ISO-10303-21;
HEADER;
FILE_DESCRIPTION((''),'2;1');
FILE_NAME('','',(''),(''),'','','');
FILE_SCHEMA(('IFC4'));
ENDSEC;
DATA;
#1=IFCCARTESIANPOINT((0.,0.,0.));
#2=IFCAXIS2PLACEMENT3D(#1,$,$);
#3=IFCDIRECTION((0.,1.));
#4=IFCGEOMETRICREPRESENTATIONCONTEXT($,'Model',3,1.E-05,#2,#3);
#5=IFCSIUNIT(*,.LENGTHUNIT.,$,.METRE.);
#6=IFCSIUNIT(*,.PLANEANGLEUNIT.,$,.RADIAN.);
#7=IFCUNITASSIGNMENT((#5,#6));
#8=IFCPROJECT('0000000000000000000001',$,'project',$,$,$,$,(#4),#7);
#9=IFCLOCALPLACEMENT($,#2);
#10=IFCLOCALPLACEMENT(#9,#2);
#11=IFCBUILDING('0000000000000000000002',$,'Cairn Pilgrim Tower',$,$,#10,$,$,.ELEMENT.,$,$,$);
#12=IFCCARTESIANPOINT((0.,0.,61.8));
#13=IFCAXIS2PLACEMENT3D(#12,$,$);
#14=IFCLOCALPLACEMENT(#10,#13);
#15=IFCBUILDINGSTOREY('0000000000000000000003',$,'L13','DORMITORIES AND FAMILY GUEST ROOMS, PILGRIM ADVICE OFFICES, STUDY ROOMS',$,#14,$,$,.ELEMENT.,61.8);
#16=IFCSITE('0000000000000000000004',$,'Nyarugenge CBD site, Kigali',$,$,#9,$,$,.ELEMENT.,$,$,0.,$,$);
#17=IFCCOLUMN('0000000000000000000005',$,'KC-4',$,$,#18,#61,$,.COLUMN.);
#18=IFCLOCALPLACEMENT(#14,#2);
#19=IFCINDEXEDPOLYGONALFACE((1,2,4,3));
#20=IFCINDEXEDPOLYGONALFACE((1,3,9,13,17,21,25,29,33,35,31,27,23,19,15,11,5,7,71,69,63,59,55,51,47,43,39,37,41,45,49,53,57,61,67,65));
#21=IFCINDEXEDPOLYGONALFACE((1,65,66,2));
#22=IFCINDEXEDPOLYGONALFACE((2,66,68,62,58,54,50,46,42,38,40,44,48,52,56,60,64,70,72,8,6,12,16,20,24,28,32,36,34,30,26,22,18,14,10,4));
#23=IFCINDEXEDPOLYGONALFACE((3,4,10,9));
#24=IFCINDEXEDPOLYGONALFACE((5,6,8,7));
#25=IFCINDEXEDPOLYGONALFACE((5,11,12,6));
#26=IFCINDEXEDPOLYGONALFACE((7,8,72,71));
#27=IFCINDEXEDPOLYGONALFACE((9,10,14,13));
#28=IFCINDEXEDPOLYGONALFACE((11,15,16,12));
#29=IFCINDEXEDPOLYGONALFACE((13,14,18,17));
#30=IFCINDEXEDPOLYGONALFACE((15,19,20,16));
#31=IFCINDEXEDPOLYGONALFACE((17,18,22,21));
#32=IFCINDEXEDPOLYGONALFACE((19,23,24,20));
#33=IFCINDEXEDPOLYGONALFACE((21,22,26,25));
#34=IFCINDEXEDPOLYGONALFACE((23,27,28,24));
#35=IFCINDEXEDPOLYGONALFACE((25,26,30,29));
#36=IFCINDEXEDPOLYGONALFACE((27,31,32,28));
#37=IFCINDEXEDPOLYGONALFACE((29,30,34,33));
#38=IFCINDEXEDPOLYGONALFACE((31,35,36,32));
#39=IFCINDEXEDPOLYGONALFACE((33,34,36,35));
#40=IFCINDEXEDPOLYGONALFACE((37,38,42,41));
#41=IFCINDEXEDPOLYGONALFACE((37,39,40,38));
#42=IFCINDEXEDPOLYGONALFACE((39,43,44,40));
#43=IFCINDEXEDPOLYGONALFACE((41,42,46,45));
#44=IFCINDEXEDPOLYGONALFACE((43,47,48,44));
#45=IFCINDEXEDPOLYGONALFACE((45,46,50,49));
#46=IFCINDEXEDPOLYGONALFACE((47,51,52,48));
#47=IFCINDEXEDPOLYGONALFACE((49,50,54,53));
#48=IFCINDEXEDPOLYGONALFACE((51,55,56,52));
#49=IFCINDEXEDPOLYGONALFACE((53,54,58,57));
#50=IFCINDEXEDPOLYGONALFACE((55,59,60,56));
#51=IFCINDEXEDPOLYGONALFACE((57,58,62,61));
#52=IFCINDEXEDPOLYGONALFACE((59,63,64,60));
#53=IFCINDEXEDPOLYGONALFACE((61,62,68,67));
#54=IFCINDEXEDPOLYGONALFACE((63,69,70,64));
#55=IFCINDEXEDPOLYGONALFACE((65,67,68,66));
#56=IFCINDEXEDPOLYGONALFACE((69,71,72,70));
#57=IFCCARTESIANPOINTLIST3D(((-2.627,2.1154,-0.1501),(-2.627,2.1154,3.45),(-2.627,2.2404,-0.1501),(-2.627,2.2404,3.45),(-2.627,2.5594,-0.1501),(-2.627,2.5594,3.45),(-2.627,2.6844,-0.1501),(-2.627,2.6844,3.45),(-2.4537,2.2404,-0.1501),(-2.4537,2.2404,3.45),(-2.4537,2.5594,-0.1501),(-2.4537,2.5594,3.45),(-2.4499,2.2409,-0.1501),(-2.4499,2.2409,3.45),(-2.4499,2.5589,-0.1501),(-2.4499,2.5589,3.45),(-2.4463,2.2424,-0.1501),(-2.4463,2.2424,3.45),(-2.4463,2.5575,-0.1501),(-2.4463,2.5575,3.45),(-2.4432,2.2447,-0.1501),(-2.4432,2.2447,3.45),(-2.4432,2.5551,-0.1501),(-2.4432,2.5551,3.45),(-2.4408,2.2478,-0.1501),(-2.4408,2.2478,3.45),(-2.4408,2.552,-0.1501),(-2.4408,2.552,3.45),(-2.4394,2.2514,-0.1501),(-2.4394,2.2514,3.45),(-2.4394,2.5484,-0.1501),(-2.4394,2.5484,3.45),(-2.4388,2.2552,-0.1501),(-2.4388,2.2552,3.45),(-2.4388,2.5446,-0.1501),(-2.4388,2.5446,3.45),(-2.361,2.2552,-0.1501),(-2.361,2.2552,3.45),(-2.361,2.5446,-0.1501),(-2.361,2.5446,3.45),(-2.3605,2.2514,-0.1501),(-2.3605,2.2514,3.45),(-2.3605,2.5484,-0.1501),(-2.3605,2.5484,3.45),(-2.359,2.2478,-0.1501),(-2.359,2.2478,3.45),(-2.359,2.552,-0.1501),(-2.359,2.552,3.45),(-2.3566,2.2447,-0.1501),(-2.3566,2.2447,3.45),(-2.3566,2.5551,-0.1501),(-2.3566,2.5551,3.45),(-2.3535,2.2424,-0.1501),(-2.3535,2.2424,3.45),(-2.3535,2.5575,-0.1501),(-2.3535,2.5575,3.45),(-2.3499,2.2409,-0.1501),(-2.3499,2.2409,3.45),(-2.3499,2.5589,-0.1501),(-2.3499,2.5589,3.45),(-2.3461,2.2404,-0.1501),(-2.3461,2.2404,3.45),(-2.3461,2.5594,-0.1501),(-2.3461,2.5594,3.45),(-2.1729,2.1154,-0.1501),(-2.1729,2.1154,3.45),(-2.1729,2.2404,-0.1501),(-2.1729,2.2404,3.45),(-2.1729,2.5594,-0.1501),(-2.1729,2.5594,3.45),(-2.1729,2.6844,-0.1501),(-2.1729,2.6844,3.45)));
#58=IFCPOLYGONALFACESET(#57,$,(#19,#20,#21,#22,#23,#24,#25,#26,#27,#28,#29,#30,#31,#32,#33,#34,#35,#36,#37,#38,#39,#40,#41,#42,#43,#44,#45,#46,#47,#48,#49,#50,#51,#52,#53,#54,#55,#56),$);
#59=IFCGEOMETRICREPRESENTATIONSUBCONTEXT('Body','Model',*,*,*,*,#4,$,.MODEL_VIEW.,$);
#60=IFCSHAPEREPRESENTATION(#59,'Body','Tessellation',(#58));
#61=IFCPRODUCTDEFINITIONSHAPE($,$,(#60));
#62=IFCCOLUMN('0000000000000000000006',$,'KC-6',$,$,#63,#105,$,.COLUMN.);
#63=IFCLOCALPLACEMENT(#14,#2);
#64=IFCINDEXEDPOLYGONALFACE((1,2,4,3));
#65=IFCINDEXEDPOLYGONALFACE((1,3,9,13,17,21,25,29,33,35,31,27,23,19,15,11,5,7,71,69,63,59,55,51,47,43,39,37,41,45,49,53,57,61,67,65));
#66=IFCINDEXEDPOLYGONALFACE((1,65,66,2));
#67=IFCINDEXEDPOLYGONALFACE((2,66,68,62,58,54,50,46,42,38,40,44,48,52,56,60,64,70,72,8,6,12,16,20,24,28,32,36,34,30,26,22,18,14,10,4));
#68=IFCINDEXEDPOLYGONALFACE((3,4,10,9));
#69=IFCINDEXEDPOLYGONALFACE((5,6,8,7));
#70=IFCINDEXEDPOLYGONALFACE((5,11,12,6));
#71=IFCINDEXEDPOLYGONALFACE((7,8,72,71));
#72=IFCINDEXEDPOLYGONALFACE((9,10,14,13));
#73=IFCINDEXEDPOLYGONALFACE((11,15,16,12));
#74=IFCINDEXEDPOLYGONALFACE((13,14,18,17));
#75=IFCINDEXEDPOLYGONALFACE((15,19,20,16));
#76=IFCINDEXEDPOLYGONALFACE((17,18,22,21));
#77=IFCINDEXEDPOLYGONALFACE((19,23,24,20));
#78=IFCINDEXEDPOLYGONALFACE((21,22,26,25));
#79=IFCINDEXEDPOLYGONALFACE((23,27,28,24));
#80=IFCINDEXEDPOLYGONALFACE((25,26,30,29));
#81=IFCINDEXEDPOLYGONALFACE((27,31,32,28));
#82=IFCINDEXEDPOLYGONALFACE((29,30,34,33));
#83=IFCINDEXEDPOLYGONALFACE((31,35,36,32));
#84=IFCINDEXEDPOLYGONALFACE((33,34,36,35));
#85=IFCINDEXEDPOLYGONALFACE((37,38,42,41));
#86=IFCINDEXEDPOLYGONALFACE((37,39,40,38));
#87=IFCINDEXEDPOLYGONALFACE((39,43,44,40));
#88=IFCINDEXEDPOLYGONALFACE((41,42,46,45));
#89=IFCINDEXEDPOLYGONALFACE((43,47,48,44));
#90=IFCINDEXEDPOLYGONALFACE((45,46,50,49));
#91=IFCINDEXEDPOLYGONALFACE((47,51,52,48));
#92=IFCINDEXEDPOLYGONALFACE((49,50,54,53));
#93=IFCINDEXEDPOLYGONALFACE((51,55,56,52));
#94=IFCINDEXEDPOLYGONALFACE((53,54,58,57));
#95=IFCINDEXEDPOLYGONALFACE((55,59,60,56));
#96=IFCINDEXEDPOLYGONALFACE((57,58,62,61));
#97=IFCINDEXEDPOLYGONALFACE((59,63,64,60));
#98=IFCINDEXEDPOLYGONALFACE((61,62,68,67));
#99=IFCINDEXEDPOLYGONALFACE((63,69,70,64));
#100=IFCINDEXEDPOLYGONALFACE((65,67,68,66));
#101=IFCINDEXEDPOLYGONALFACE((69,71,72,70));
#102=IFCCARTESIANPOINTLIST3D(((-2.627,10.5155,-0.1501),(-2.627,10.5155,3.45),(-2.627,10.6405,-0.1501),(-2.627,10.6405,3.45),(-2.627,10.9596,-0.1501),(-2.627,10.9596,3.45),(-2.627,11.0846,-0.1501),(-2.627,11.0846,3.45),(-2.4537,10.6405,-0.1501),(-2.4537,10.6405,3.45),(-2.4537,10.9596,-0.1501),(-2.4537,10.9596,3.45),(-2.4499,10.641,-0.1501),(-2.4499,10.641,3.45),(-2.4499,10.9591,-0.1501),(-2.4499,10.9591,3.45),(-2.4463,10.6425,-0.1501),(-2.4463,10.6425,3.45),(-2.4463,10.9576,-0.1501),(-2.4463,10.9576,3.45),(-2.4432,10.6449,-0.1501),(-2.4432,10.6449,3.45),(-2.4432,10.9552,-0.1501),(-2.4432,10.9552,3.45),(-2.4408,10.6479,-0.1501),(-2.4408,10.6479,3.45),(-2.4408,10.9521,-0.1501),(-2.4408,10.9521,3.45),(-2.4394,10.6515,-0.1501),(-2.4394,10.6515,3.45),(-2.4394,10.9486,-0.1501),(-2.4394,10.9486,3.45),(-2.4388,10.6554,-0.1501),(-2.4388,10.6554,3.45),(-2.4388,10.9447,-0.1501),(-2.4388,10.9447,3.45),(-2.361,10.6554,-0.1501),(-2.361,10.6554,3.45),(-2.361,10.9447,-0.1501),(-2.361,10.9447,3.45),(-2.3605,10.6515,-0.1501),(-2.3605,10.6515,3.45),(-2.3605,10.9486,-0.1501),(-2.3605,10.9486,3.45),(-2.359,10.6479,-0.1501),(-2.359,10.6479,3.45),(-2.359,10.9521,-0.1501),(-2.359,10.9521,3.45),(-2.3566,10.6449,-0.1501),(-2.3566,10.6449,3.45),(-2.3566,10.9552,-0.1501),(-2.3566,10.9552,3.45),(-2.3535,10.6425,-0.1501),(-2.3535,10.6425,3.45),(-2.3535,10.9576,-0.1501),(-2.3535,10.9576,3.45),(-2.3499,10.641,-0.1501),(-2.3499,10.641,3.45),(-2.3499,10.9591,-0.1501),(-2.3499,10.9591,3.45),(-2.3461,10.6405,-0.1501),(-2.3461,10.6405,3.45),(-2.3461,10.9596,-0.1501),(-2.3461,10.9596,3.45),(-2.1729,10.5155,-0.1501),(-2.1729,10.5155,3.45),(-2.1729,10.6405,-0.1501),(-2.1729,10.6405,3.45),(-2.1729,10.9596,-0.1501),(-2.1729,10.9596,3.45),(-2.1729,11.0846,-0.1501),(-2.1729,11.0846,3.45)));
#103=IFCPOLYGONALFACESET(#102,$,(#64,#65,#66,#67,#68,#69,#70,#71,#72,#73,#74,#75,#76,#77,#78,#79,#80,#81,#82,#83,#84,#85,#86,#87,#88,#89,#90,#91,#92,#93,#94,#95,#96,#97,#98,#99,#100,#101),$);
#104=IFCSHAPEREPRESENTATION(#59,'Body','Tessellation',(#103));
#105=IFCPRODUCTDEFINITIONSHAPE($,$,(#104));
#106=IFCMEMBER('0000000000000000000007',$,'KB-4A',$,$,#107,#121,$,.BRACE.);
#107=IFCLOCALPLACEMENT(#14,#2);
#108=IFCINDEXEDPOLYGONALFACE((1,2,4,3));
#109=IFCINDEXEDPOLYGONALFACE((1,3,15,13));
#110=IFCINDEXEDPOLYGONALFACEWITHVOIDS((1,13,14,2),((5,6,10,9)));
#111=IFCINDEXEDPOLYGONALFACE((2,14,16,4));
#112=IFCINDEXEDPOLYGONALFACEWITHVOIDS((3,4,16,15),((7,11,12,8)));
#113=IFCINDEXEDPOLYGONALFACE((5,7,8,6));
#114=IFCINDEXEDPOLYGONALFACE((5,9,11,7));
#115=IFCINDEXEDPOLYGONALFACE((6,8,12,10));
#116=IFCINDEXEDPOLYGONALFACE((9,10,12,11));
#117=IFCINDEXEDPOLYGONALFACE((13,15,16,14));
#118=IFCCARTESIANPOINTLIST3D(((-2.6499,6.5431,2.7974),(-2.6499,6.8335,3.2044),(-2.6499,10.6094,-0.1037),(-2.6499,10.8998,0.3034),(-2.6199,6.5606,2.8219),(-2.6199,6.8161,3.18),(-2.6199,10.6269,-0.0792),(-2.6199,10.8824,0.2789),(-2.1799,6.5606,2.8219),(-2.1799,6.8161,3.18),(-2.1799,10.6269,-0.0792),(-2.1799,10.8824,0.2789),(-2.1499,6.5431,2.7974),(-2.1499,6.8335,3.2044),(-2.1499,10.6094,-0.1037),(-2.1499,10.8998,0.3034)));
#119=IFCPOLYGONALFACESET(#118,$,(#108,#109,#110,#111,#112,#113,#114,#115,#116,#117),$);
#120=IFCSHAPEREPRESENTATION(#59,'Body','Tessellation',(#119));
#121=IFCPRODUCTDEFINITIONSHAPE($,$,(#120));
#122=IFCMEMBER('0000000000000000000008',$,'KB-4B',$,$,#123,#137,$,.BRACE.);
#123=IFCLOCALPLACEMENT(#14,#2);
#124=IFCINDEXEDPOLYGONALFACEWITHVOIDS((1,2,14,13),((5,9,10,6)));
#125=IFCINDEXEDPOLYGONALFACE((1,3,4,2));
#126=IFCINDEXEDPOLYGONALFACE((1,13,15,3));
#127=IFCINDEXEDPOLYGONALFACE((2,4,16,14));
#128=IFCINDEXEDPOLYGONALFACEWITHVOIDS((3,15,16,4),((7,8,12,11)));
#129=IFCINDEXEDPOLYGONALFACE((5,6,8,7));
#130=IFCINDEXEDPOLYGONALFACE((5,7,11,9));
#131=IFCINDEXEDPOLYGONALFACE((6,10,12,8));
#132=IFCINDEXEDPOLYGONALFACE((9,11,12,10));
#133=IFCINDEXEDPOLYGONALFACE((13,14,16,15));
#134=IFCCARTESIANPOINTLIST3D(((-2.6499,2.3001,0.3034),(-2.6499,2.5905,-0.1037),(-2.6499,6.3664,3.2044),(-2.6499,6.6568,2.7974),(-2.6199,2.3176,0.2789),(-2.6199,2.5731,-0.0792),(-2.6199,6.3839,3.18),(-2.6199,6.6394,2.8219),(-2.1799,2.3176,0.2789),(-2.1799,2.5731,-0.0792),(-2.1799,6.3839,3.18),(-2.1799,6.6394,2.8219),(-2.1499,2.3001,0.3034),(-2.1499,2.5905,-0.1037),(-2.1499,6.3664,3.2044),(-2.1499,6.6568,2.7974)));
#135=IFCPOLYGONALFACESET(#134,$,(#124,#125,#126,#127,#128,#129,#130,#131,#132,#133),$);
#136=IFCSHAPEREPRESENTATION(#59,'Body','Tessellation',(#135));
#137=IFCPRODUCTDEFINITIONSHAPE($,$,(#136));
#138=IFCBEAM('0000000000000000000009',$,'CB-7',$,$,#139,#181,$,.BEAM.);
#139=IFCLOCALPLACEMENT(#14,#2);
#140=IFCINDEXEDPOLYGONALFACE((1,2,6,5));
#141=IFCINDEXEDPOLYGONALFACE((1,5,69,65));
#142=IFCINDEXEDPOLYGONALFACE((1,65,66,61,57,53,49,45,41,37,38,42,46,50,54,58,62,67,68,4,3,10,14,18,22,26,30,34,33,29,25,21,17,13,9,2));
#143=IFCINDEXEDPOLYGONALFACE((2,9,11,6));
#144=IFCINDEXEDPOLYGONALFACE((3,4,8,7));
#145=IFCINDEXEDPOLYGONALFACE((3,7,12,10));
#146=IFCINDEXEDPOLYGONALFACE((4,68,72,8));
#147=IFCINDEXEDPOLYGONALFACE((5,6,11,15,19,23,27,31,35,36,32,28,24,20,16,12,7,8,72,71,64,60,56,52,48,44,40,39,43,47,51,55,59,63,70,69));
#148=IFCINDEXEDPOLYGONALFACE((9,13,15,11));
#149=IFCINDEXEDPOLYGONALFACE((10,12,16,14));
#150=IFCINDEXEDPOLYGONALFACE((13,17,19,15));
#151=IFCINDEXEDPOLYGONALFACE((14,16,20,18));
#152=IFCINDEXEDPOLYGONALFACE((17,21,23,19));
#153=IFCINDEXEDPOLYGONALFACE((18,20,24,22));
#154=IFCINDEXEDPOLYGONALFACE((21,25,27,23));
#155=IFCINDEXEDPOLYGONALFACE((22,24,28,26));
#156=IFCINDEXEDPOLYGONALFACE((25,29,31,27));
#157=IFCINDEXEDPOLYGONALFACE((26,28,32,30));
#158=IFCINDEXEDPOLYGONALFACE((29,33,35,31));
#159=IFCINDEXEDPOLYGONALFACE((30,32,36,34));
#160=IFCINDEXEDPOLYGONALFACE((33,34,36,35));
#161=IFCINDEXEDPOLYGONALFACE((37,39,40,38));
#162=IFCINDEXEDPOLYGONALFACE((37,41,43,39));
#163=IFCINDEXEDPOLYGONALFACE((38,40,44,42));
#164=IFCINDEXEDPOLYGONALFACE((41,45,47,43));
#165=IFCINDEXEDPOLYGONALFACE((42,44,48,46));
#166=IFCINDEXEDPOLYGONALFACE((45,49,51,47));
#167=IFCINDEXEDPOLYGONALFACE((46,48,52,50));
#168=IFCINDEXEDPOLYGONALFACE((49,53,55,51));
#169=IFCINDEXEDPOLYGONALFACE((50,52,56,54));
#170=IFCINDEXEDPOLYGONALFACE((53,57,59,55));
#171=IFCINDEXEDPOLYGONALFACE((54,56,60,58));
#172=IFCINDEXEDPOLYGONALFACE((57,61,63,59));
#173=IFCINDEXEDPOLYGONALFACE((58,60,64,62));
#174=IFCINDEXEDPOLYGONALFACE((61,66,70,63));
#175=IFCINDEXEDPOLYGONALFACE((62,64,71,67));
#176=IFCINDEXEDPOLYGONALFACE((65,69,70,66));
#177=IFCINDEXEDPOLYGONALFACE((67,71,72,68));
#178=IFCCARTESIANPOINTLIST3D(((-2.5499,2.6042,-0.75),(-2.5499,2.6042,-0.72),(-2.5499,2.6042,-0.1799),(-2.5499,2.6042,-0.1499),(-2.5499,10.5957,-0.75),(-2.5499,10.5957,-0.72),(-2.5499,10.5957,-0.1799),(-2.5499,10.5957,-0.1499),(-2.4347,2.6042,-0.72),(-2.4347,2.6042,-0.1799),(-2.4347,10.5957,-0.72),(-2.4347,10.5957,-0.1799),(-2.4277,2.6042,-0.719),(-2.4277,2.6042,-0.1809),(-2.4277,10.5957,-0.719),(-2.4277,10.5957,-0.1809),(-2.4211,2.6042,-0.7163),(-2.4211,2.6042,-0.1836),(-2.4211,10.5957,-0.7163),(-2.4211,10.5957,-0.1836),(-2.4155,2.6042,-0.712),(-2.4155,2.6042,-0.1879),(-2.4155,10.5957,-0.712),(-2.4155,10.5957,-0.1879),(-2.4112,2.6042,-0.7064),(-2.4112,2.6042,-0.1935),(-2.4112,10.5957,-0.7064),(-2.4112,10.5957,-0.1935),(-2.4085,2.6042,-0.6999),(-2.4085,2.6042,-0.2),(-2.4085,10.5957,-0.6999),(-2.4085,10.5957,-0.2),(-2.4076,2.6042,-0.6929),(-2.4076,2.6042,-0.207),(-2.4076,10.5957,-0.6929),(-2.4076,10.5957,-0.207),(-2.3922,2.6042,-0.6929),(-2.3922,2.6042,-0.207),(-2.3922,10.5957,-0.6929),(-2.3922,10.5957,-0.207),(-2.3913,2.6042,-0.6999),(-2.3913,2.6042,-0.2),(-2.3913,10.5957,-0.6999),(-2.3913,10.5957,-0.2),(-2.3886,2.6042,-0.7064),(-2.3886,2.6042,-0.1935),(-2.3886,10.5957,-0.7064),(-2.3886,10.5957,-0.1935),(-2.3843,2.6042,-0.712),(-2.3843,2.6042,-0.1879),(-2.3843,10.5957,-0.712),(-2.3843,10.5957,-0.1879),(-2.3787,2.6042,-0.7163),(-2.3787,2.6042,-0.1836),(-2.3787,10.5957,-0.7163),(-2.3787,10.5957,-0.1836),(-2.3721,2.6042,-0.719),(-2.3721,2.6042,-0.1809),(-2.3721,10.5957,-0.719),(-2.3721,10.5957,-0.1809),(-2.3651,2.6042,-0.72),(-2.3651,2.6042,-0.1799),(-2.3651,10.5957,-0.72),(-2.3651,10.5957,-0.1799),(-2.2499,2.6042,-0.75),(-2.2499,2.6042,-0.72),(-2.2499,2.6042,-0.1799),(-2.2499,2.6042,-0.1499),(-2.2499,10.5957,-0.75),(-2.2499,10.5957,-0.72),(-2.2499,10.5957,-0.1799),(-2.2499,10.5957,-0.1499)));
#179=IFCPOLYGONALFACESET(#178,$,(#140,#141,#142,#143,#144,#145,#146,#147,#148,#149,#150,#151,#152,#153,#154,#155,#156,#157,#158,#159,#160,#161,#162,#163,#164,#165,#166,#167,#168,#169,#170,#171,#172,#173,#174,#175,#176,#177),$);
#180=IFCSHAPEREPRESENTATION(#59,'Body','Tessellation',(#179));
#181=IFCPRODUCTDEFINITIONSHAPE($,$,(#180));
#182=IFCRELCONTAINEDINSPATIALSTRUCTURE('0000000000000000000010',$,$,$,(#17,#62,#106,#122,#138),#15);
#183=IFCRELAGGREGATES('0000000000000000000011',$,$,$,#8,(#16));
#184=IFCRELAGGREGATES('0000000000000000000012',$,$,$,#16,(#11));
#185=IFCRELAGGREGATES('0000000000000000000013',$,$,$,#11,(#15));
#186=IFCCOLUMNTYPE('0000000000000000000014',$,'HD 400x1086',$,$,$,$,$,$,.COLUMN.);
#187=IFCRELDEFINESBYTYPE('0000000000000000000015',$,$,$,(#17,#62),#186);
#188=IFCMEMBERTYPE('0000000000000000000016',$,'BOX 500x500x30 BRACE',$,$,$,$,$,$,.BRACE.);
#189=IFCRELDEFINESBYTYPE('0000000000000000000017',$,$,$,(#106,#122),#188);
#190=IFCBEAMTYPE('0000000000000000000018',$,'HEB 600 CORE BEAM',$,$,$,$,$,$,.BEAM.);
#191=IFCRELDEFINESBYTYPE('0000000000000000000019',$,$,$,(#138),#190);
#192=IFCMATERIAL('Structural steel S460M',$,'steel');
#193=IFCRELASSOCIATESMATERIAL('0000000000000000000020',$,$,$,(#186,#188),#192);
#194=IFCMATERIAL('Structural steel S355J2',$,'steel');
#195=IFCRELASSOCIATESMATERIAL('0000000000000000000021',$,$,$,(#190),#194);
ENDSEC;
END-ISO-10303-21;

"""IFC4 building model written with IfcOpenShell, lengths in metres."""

from ifc_helpers import new_model, si_unit, direction, frame, origin, origin_2d, place, context, subcontext, project, spatial, hollow_rectangle, i_section, extrude, material, material_profile, profile_set, type_object, element, save


model = new_model("IFC4")

# Units and contexts
model_context = context("Model", 3, precision=1e-05, world=origin(), true_north=direction((0.0, 1.0)))
body_context = subcontext(model_context, "Body", "Model", "MODEL_VIEW")
ifc_project = project(units=[si_unit("LENGTHUNIT", "METRE"), si_unit("PLANEANGLEUNIT", "RADIAN")], contexts=[model_context])

# Site, building, storey
site_placement = place(None, origin())
site = spatial("IfcSite", under=ifc_project, at=site_placement, Name="Nyarugenge CBD site, Kigali", CompositionType="ELEMENT", RefElevation=0.0)
building_placement = place(site_placement, origin())
building = spatial("IfcBuilding", under=site, at=building_placement, Name="Cairn Pilgrim Tower", CompositionType="ELEMENT")
storey_placement = place(building_placement, frame((0.0, 0.0, 61.8)))
storey = spatial("IfcBuildingStorey", under=building, at=storey_placement, Name="L13", Description="DORMITORIES AND FAMILY GUEST ROOMS, PILGRIM ADVICE OFFICES, STUDY ROOMS", CompositionType="ELEMENT", Elevation=61.8)

# Columns
ifc_material_1 = material(Name="Structural steel S460M", Category="steel")
ifc_material_profile_1 = material_profile(ifc_material_1, i_section(OverallWidth=0.4541, OverallDepth=0.5691, WebThickness=0.0779, FlangeThickness=0.125, FilletRadius=0.0149, at=origin_2d()), Name="HD 400x1086")
ifc_profile_set_1 = profile_set([ifc_material_profile_1], Name="Structural steel S460M")
column_type = type_object("IfcColumnType", Name="HD 400x1086", PredefinedType="COLUMN", material=ifc_profile_set_1)
for number, where, z_axis, x_axis, name in (
    (1, (-2.3999, 2.3999, -0.1501), (0.0, 0.0, 1.0), (1.0, 0.0, 0.0), "KC-4"),
    (2, (-2.3999, 10.8, -0.1501), (0.0, 0.0, 1.0), (1.0, 0.0, 0.0), "KC-6"),
):
    element("IfcColumn", number, at=place(storey_placement, frame(where, z_axis=z_axis, x_axis=x_axis)), inside=storey, type_object=column_type, Name=name, PredefinedType="COLUMN", context=body_context, shape_type="SweptSolid", body=[
        extrude(i_section(OverallWidth=0.4541, OverallDepth=0.5691, WebThickness=0.0779, FlangeThickness=0.125, FilletRadius=0.0149, at=origin_2d()), origin(), (0.0, 0.0, 1.0), 3.6001),
    ])

# Members
ifc_material_profile_2 = material_profile(ifc_material_1, hollow_rectangle(XDim=0.5, YDim=0.5, WallThickness=0.03, at=origin_2d()), Name="BOX 500x500x30")
ifc_profile_set_2 = profile_set([ifc_material_profile_2], Name="Structural steel S460M")
member_type = type_object("IfcMemberType", Name="BOX 500x500x30 BRACE", PredefinedType="BRACE", material=ifc_profile_set_2)
for number, where, z_axis, x_axis, name in (
    (3, (-2.3999, 10.7546, 0.0999), (0.0, -0.81406, 0.58078), (1.0, 0.0, 0.0), "KB-4A"),
    (4, (-2.3999, 2.4453, 0.0999), (0.0, 0.81406, 0.58078), (-1.0, 0.0, 0.0), "KB-4B"),
):
    element("IfcMember", number, at=place(storey_placement, frame(where, z_axis=z_axis, x_axis=x_axis)), inside=storey, type_object=member_type, Name=name, PredefinedType="BRACE", context=body_context, shape_type="SweptSolid", body=[
        extrude(hollow_rectangle(XDim=0.5, YDim=0.5, WallThickness=0.03, at=origin_2d()), origin(), (0.0, 0.0, 1.0), 4.9951),
    ])

# Beam
ifc_material_2 = material(Name="Structural steel S355J2", Category="steel")
ifc_material_profile_3 = material_profile(ifc_material_2, i_section(OverallWidth=0.3, OverallDepth=0.6001, WebThickness=0.0154, FlangeThickness=0.03, FilletRadius=0.0271, at=origin_2d()), Name="HEB 600")
ifc_profile_set_3 = profile_set([ifc_material_profile_3], Name="Structural steel S355J2")
beam_type = type_object("IfcBeamType", Name="HEB 600 CORE BEAM", PredefinedType="BEAM", material=ifc_profile_set_3)
for number, where, z_axis, x_axis, name in (
    (5, (-2.3999, 10.5957, -0.45), (0.0, -1.0, 0.0), (1.0, 0.0, 0.0), "CB-7"),
):
    element("IfcBeam", number, at=place(storey_placement, frame(where, z_axis=z_axis, x_axis=x_axis)), inside=storey, type_object=beam_type, Name=name, PredefinedType="BEAM", context=body_context, shape_type="SweptSolid", body=[
        extrude(i_section(OverallWidth=0.3, OverallDepth=0.6001, WebThickness=0.0154, FlangeThickness=0.03, FilletRadius=0.0271, at=origin_2d()), origin(), (0.0, 0.0, 1.0), 7.9915),
    ])

save(model, "model.ifc")
